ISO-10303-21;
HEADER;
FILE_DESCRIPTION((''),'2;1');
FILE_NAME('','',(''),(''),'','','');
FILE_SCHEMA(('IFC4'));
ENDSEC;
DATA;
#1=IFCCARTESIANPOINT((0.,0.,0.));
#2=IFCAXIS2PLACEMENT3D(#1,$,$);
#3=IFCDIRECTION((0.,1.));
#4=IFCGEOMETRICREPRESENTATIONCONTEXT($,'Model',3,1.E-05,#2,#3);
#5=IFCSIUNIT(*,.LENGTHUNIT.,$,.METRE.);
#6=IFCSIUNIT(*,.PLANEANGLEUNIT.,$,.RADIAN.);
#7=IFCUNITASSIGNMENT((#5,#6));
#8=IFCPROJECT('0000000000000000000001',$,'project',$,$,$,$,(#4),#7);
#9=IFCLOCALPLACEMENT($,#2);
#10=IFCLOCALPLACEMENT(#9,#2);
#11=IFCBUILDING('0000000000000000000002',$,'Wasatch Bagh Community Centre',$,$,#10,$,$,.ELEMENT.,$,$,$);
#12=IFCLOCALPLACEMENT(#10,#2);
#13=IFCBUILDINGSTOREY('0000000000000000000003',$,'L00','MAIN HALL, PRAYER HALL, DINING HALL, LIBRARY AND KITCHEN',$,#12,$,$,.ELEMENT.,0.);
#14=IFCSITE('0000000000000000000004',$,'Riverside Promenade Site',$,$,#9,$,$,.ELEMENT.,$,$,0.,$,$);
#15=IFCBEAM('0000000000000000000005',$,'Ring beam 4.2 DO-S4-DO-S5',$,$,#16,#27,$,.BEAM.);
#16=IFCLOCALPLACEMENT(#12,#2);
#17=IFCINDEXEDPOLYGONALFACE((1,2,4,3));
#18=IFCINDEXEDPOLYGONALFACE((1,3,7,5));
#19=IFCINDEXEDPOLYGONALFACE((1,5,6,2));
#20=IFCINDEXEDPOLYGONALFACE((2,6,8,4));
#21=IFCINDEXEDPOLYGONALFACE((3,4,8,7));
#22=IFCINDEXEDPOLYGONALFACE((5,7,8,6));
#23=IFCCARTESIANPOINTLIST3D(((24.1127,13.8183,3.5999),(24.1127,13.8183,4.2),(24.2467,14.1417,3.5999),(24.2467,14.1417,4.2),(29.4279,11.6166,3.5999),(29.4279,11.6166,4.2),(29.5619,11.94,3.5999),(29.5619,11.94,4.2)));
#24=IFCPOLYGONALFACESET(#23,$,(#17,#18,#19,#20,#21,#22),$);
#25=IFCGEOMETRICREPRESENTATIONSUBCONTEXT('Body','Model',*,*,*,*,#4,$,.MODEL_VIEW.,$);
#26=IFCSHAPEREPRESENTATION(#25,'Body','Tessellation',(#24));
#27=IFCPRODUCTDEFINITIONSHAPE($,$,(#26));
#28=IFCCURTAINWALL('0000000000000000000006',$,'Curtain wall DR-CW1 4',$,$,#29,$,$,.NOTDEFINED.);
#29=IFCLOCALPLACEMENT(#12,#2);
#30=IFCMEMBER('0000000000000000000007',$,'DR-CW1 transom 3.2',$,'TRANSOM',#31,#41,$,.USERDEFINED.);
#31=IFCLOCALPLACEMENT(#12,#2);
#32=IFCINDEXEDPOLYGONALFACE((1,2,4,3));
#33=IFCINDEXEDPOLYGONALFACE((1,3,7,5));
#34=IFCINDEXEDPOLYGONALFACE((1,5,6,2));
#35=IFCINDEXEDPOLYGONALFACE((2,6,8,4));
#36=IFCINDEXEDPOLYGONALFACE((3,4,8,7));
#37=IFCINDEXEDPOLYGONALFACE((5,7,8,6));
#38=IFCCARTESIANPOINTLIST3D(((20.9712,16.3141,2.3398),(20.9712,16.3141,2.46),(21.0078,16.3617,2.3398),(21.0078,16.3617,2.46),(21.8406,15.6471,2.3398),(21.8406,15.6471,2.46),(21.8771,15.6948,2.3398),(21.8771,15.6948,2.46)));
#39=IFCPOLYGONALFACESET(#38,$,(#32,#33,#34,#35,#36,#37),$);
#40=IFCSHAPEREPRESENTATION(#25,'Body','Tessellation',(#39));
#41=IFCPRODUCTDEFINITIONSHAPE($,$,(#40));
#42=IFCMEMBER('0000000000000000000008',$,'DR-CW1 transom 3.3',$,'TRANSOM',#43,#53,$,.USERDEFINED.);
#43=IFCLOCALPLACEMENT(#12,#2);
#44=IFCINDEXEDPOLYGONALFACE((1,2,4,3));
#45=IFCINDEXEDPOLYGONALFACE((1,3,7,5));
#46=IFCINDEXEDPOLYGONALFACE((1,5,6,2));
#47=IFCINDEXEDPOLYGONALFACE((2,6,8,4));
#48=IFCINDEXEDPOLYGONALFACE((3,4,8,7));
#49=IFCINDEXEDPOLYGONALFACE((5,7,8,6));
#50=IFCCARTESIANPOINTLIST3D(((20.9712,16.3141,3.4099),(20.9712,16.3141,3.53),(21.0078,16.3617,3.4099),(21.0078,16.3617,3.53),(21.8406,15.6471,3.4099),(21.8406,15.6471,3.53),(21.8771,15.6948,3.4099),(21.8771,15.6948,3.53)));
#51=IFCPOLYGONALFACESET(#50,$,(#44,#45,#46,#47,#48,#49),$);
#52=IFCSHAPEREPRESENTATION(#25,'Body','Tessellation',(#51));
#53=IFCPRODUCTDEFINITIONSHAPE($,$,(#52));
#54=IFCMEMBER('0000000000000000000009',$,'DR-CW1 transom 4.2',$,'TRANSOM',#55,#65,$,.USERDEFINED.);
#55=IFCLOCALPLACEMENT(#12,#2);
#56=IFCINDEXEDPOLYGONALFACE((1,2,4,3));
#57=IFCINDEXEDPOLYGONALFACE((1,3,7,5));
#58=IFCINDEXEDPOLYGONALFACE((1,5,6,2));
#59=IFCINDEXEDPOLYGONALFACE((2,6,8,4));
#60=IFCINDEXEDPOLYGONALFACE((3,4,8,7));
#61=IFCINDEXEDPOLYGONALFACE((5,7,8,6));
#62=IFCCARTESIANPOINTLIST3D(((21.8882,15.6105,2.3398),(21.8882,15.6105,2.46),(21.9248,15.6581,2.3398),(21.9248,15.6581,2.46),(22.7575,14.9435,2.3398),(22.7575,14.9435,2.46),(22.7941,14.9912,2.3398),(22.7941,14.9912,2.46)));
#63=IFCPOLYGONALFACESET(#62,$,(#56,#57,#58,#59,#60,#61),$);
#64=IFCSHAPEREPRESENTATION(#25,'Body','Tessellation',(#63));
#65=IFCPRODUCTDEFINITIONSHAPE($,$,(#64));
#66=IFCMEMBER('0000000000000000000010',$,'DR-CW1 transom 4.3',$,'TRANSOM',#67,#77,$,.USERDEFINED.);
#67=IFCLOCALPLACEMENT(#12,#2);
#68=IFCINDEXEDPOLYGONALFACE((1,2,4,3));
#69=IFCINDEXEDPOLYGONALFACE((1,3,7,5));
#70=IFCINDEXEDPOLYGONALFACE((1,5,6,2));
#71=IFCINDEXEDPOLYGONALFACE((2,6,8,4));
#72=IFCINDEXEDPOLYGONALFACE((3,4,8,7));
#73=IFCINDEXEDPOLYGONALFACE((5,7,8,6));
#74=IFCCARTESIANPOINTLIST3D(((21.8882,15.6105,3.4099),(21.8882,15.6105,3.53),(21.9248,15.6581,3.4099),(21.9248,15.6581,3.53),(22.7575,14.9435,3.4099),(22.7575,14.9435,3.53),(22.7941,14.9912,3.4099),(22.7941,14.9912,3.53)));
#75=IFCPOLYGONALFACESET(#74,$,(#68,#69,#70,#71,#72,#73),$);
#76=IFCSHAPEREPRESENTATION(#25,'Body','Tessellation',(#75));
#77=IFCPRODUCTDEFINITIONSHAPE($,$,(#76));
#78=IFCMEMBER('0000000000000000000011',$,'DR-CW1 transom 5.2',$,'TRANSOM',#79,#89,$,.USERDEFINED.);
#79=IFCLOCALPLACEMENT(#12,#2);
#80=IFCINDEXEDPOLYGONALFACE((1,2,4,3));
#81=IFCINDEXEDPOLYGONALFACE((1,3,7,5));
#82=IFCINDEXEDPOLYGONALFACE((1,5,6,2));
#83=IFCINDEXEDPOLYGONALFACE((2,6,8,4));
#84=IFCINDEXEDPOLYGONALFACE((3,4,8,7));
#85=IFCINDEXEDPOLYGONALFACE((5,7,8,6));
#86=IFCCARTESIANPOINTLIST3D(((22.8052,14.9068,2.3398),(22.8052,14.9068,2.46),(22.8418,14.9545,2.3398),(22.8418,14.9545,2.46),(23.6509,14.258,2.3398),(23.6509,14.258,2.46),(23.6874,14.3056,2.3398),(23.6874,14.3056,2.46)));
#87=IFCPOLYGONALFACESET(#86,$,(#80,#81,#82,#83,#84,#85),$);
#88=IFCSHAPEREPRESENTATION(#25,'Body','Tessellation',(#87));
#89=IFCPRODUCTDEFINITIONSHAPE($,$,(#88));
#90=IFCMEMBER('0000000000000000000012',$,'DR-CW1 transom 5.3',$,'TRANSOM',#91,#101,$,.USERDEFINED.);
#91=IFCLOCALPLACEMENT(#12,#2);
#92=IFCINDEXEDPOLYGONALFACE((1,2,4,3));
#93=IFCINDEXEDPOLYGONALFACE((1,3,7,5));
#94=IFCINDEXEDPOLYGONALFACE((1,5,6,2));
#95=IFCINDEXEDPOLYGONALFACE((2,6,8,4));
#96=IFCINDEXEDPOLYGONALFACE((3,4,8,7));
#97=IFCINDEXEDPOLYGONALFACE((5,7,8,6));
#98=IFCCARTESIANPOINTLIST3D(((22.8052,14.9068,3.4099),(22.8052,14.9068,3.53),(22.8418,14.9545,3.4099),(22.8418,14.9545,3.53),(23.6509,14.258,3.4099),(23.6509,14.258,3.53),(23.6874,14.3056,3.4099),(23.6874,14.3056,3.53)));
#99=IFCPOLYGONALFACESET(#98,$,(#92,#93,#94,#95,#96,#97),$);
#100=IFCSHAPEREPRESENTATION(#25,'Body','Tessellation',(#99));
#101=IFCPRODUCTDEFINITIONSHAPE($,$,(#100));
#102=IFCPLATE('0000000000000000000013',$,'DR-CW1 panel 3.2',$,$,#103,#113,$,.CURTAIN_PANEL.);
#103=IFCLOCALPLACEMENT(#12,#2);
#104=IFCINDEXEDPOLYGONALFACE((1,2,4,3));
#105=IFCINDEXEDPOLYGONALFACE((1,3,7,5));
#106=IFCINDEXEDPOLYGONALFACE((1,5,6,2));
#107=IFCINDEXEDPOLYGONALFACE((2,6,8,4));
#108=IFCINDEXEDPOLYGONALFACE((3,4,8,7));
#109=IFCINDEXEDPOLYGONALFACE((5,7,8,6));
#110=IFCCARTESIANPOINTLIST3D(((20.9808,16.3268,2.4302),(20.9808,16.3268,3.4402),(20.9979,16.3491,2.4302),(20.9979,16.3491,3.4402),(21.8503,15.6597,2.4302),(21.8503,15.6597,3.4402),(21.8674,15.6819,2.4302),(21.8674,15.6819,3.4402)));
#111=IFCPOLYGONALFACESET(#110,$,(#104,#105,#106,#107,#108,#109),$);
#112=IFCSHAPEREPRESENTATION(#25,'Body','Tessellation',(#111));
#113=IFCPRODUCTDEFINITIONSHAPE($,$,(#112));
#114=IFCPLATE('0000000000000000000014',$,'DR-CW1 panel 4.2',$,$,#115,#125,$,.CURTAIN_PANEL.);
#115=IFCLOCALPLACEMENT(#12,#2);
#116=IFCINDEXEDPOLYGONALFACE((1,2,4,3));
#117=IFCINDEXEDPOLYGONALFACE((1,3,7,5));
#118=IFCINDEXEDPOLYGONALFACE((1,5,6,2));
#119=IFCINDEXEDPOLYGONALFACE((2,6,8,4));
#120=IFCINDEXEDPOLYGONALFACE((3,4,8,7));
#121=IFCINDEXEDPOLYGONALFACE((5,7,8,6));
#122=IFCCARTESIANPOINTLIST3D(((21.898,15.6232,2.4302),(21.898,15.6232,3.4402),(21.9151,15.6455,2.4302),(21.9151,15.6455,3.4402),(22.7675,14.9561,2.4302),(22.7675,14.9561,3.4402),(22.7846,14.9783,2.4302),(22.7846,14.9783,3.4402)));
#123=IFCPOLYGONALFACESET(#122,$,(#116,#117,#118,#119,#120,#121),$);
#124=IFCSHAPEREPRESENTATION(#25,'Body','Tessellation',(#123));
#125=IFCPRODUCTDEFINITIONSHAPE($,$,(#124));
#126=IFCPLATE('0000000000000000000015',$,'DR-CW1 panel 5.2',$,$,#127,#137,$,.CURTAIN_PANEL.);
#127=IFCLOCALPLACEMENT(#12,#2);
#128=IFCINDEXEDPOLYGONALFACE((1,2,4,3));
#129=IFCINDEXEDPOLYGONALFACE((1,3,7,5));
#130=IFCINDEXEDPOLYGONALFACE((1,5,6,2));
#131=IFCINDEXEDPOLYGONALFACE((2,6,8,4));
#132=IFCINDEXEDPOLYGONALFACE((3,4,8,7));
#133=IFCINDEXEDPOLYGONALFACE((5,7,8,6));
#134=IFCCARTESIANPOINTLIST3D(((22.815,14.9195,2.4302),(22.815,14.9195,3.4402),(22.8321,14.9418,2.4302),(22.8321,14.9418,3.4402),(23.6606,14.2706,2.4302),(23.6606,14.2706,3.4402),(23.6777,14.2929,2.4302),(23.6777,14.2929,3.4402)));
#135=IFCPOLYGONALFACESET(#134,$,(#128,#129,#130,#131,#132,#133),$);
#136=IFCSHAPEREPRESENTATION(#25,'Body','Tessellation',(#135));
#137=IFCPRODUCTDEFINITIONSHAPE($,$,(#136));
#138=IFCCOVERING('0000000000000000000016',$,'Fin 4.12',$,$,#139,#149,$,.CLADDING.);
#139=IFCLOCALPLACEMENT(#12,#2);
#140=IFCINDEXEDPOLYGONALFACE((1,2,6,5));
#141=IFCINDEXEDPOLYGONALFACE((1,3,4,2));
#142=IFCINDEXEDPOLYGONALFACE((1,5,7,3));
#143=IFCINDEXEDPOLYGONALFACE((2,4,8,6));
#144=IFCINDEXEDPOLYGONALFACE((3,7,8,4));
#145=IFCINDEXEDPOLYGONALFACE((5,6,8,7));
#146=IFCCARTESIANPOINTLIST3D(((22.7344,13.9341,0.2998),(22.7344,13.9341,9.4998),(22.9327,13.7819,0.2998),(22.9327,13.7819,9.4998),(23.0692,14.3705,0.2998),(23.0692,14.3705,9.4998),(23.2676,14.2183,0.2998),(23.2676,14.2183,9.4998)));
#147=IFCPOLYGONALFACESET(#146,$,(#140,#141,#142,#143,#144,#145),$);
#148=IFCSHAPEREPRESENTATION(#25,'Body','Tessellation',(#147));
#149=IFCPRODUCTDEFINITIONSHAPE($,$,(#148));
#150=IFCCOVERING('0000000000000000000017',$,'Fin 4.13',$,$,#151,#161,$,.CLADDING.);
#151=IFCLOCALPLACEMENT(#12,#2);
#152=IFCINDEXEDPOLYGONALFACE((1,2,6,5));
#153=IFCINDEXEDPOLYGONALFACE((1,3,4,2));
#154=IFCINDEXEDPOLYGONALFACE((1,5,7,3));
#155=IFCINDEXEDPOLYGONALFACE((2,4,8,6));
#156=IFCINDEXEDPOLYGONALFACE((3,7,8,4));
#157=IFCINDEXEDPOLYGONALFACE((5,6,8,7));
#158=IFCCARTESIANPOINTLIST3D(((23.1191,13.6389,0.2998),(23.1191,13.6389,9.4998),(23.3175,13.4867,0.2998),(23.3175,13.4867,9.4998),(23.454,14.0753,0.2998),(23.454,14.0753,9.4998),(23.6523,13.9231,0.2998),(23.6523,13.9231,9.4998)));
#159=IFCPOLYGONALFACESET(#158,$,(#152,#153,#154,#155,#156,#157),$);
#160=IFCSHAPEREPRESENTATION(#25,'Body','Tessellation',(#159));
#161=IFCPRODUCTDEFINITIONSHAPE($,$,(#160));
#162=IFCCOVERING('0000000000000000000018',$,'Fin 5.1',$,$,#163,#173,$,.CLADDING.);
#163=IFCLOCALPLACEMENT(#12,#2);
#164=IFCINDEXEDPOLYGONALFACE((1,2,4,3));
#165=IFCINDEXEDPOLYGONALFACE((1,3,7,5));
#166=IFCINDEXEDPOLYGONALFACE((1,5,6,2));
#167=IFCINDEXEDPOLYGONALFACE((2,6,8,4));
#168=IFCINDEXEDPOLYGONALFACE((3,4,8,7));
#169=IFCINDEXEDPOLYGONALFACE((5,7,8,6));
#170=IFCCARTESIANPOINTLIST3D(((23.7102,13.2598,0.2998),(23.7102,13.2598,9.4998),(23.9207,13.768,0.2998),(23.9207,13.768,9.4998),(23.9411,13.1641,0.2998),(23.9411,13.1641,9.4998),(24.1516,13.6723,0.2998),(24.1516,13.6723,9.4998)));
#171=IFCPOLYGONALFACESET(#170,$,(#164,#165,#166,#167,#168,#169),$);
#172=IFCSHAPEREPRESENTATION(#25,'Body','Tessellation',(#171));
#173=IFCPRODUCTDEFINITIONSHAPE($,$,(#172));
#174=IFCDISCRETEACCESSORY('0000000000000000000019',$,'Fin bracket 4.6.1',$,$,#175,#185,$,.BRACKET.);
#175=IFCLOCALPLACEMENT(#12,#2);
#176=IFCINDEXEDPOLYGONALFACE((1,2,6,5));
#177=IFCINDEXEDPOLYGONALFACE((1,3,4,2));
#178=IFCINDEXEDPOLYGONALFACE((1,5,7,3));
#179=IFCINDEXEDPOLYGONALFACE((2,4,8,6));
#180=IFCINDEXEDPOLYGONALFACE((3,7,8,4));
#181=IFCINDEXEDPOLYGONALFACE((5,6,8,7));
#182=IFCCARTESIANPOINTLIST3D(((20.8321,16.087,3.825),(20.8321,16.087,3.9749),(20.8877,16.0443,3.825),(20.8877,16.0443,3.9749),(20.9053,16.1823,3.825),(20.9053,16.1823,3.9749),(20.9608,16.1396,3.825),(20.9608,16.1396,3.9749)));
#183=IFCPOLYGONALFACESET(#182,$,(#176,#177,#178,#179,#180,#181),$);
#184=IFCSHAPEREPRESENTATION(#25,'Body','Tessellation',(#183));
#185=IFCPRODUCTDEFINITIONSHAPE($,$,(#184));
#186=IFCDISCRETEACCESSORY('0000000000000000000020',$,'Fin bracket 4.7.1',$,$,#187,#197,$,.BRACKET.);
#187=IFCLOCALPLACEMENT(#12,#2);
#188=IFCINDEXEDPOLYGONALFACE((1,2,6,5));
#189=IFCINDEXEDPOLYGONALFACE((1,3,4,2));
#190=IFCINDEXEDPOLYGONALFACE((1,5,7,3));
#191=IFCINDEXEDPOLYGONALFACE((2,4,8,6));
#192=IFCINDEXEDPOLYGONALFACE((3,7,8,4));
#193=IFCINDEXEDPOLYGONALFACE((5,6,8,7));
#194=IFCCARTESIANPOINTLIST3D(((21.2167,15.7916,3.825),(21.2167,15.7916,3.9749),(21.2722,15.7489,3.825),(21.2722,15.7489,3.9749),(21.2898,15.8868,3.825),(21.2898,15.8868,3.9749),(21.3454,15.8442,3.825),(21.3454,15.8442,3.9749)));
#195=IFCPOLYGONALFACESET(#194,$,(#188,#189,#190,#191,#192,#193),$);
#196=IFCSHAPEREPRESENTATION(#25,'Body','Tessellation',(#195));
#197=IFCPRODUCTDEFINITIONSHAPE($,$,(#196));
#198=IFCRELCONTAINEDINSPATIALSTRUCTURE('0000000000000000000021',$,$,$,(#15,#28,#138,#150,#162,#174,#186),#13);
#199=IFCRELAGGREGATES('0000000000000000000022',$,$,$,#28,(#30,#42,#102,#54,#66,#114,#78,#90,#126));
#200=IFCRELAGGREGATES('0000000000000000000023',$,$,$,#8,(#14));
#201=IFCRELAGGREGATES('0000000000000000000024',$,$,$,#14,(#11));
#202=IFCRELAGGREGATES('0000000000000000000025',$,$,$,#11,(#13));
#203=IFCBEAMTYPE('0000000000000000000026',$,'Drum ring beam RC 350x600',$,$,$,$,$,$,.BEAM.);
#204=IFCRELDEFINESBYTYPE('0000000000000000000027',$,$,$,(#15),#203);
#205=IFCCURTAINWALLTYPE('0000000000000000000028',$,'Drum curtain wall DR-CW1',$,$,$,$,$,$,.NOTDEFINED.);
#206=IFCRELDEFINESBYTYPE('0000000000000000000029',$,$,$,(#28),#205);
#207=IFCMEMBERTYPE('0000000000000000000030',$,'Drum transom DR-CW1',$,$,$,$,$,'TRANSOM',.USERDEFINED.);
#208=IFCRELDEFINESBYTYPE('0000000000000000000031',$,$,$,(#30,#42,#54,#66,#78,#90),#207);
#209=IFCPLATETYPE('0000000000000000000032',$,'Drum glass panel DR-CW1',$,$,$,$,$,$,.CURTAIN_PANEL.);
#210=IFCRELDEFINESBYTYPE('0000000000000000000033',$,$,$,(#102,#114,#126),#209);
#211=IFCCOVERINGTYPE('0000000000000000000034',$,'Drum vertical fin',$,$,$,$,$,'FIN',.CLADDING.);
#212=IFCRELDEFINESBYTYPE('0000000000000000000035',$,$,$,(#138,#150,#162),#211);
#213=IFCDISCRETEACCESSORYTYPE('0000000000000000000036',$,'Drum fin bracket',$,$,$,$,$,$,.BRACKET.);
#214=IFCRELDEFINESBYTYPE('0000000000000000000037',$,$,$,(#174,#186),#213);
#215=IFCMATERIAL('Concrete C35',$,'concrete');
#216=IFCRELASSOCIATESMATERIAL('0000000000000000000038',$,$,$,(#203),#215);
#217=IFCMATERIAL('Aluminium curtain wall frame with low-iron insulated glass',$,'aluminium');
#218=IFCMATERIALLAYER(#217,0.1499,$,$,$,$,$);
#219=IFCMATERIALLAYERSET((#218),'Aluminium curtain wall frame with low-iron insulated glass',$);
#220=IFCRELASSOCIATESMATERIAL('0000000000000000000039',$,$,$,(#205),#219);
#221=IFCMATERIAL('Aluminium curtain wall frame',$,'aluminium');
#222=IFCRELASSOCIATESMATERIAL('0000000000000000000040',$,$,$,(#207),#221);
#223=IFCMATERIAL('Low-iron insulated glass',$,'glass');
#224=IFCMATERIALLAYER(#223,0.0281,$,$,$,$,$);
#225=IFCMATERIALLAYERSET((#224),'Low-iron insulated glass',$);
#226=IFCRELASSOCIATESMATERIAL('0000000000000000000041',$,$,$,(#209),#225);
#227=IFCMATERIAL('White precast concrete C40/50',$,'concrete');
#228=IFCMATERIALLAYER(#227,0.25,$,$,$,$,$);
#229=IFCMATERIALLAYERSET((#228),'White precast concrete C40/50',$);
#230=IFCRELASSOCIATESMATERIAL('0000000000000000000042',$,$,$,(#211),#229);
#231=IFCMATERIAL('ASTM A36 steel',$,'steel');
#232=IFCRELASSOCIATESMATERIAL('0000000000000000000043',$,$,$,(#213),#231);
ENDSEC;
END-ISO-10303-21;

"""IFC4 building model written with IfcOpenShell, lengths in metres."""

from ifc_helpers import new_model, si_unit, direction, frame, origin, origin_2d, place, context, subcontext, project, spatial, rectangle, extrude, material, layer, layer_set, material_profile, profile_set, type_object, element, aggregate, save


model = new_model("IFC4")

# Units and contexts
model_context = context("Model", 3, precision=1e-05, world=origin(), true_north=direction((0.0, 1.0)))
body_context = subcontext(model_context, "Body", "Model", "MODEL_VIEW")
ifc_project = project(units=[si_unit("LENGTHUNIT", "METRE"), si_unit("PLANEANGLEUNIT", "RADIAN")], contexts=[model_context])

# Site, building, storey
site_placement = place(None, origin())
site = spatial("IfcSite", under=ifc_project, at=site_placement, Name="Riverside Promenade Site", CompositionType="ELEMENT", RefElevation=0.0)
building_placement = place(site_placement, origin())
building = spatial("IfcBuilding", under=site, at=building_placement, Name="Wasatch Bagh Community Centre", CompositionType="ELEMENT")
storey_placement = place(building_placement, origin())
storey = spatial("IfcBuildingStorey", under=building, at=storey_placement, Name="L00", Description="MAIN HALL, PRAYER HALL, DINING HALL, LIBRARY AND KITCHEN", CompositionType="ELEMENT", Elevation=0.0)

# Beam
ifc_material_1 = material(Name="Concrete C35", Category="concrete")
ifc_material_profile_1 = material_profile(ifc_material_1, rectangle(XDim=0.3501, YDim=0.6001, at=origin_2d()), Name="RC 350x600")
ifc_profile_set_1 = profile_set([ifc_material_profile_1], Name="Concrete C35")
beam_type = type_object("IfcBeamType", Name="Drum ring beam RC 350x600", PredefinedType="BEAM", material=ifc_profile_set_1)
beam_placement = place(storey_placement, frame((24.1797, 13.98, 3.8999), z_axis=(0.923877, -0.382689, 0.0), x_axis=(0.382689, 0.923877, 0.0)))
element("IfcBeam", 1, at=beam_placement, inside=storey, type_object=beam_type, Name="Ring beam 4.2 DO-S4-DO-S5", PredefinedType="BEAM", context=body_context, shape_type="SweptSolid", body=[
    extrude(rectangle(XDim=0.3501, YDim=0.6001, at=origin_2d()), origin(), (0.0, 0.0, 1.0), 5.7532),
])

# Curtain wall, members, plates
ifc_material_2 = material(Name="Aluminium curtain wall frame with low-iron insulated glass", Category="aluminium")
ifc_layer_1 = layer(ifc_material_2, 0.1499)
ifc_layer_set_1 = layer_set([ifc_layer_1], Name="Aluminium curtain wall frame with low-iron insulated glass")
curtain_wall_type = type_object("IfcCurtainWallType", Name="Drum curtain wall DR-CW1", PredefinedType="NOTDEFINED", material=ifc_layer_set_1)
curtain_wall_placement = place(storey_placement, origin())
curtain_wall = element("IfcCurtainWall", 2, at=curtain_wall_placement, inside=storey, type_object=curtain_wall_type, Name="Curtain wall DR-CW1 4", PredefinedType="NOTDEFINED")
ifc_material_3 = material(Name="Aluminium curtain wall frame", Category="aluminium")
ifc_material_profile_2 = material_profile(ifc_material_3, rectangle(XDim=0.0601, YDim=0.1201, at=origin_2d()), Name="Drum transom DR-CW1")
ifc_profile_set_2 = profile_set([ifc_material_profile_2], Name="Aluminium curtain wall frame")
member_type = type_object("IfcMemberType", Name="Drum transom DR-CW1", ElementType="TRANSOM", PredefinedType="USERDEFINED", material=ifc_profile_set_2)
member_1_placement = place(storey_placement, frame((20.9895, 16.3379, 2.3999), z_axis=(0.793402, -0.608698, 0.0), x_axis=(0.608698, 0.793402, 0.0)))
member_1 = element("IfcMember", 3, at=member_1_placement, type_object=member_type, Name="DR-CW1 transom 3.2", ObjectType="TRANSOM", PredefinedType="USERDEFINED", context=body_context, shape_type="SweptSolid", body=[
    extrude(rectangle(XDim=0.0601, YDim=0.1201, at=origin_2d()), origin(), (0.0, 0.0, 1.0), 1.0957),
])
member_2_placement = place(storey_placement, frame((20.9895, 16.3379, 3.47), z_axis=(0.793402, -0.608698, 0.0), x_axis=(0.608698, 0.793402, 0.0)))
member_2 = element("IfcMember", 4, at=member_2_placement, type_object=member_type, Name="DR-CW1 transom 3.3", ObjectType="TRANSOM", PredefinedType="USERDEFINED", context=body_context, shape_type="SweptSolid", body=[
    extrude(rectangle(XDim=0.0601, YDim=0.1201, at=origin_2d()), origin(), (0.0, 0.0, 1.0), 1.0957),
])
member_3_placement = place(storey_placement, frame((21.9065, 15.6343, 2.3999), z_axis=(0.793402, -0.608698, 0.0), x_axis=(0.608698, 0.793402, 0.0)))
member_3 = element("IfcMember", 5, at=member_3_placement, type_object=member_type, Name="DR-CW1 transom 4.2", ObjectType="TRANSOM", PredefinedType="USERDEFINED", context=body_context, shape_type="SweptSolid", body=[
    extrude(rectangle(XDim=0.0601, YDim=0.1201, at=origin_2d()), origin(), (0.0, 0.0, 1.0), 1.0957),
])
member_4_placement = place(storey_placement, frame((21.9065, 15.6343, 3.47), z_axis=(0.793402, -0.608698, 0.0), x_axis=(0.608698, 0.793402, 0.0)))
member_4 = element("IfcMember", 6, at=member_4_placement, type_object=member_type, Name="DR-CW1 transom 4.3", ObjectType="TRANSOM", PredefinedType="USERDEFINED", context=body_context, shape_type="SweptSolid", body=[
    extrude(rectangle(XDim=0.0601, YDim=0.1201, at=origin_2d()), origin(), (0.0, 0.0, 1.0), 1.0957),
])
member_5_placement = place(storey_placement, frame((22.8235, 14.9307, 2.3999), z_axis=(0.793356, -0.608758, 0.0), x_axis=(0.608758, 0.793356, 0.0)))
member_5 = element("IfcMember", 7, at=member_5_placement, type_object=member_type, Name="DR-CW1 transom 5.2", ObjectType="TRANSOM", PredefinedType="USERDEFINED", context=body_context, shape_type="SweptSolid", body=[
    extrude(rectangle(XDim=0.0601, YDim=0.1201, at=origin_2d()), origin(), (0.0, 0.0, 1.0), 1.0659),
])
member_6_placement = place(storey_placement, frame((22.8235, 14.9307, 3.47), z_axis=(0.793356, -0.608758, 0.0), x_axis=(0.608758, 0.793356, 0.0)))
member_6 = element("IfcMember", 8, at=member_6_placement, type_object=member_type, Name="DR-CW1 transom 5.3", ObjectType="TRANSOM", PredefinedType="USERDEFINED", context=body_context, shape_type="SweptSolid", body=[
    extrude(rectangle(XDim=0.0601, YDim=0.1201, at=origin_2d()), origin(), (0.0, 0.0, 1.0), 1.0659),
])
ifc_material_4 = material(Name="Low-iron insulated glass", Category="glass")
ifc_layer_2 = layer(ifc_material_4, 0.0281)
ifc_layer_set_2 = layer_set([ifc_layer_2], Name="Low-iron insulated glass")
plate_type = type_object("IfcPlateType", Name="Drum glass panel DR-CW1", PredefinedType="CURTAIN_PANEL", material=ifc_layer_set_2)
plate_1_placement = place(storey_placement, frame((21.4241, 16.0044, 2.4302), z_axis=(0.0, 0.0, 1.0), x_axis=(0.793353, -0.608761, 0.0)))
plate_1 = element("IfcPlate", 9, at=plate_1_placement, type_object=plate_type, Name="DR-CW1 panel 3.2", PredefinedType="CURTAIN_PANEL", context=body_context, shape_type="SweptSolid", body=[
    extrude(rectangle(XDim=1.0959, YDim=0.0281, at=origin_2d()), origin(), (0.0, 0.0, 1.0), 1.01),
])
plate_2_placement = place(storey_placement, frame((22.3413, 15.3008, 2.4302), z_axis=(0.0, 0.0, 1.0), x_axis=(0.793353, -0.608761, 0.0)))
plate_2 = element("IfcPlate", 10, at=plate_2_placement, type_object=plate_type, Name="DR-CW1 panel 4.2", PredefinedType="CURTAIN_PANEL", context=body_context, shape_type="SweptSolid", body=[
    extrude(rectangle(XDim=1.0959, YDim=0.0281, at=origin_2d()), origin(), (0.0, 0.0, 1.0), 1.01),
])
plate_3_placement = place(storey_placement, frame((23.2463, 14.6062, 2.4302), z_axis=(0.0, 0.0, 1.0), x_axis=(0.793353, -0.608761, 0.0)))
plate_3 = element("IfcPlate", 11, at=plate_3_placement, type_object=plate_type, Name="DR-CW1 panel 5.2", PredefinedType="CURTAIN_PANEL", context=body_context, shape_type="SweptSolid", body=[
    extrude(rectangle(XDim=1.0659, YDim=0.0281, at=origin_2d()), origin(), (0.0, 0.0, 1.0), 1.01),
])
aggregate(curtain_wall, [member_1, member_2, plate_1, member_3, member_4, plate_2, member_5, member_6, plate_3])

# Coverings
ifc_material_5 = material(Name="White precast concrete C40/50", Category="concrete")
ifc_layer_3 = layer(ifc_material_5, 0.25)
ifc_layer_set_3 = layer_set([ifc_layer_3], Name="White precast concrete C40/50")
covering_type = type_object("IfcCoveringType", Name="Drum vertical fin", ElementType="FIN", PredefinedType="CLADDING", material=ifc_layer_set_3)
for number, where, z_axis, x_axis, name in (
    (12, (23.001, 14.0762, 0.2998), (0.0, 0.0, 1.0), (0.793353, -0.608761, 0.0), "Fin 4.12"),
    (13, (23.3857, 13.781, 0.2998), (0.0, 0.0, 1.0), (0.793353, -0.608761, 0.0), "Fin 4.13"),
    (14, (23.9309, 13.4661, 0.2998), (0.0, 0.0, 1.0), (0.92388, -0.382683, 0.0), "Fin 5.1"),
):
    element("IfcCovering", number, at=place(storey_placement, frame(where, z_axis=z_axis, x_axis=x_axis)), inside=storey, type_object=covering_type, Name=name, PredefinedType="CLADDING", context=body_context, shape_type="SweptSolid", body=[
        extrude(rectangle(XDim=0.25, YDim=0.55, at=origin_2d()), origin(), (0.0, 0.0, 1.0), 9.2),
    ])

# Discrete accessories
ifc_material_6 = material(Name="ASTM A36 steel", Category="steel")
discrete_accessory_type = type_object("IfcDiscreteAccessoryType", Name="Drum fin bracket", PredefinedType="BRACKET", material=ifc_material_6)
for number, where, z_axis, x_axis, name in (
    (15, (20.8965, 16.1133, 3.825), (0.0, 0.0, 1.0), (0.793353, -0.608761, 0.0), "Fin bracket 4.6.1"),
    (16, (21.281, 15.8179, 3.825), (0.0, 0.0, 1.0), (0.793353, -0.608761, 0.0), "Fin bracket 4.7.1"),
):
    element("IfcDiscreteAccessory", number, at=place(storey_placement, frame(where, z_axis=z_axis, x_axis=x_axis)), inside=storey, type_object=discrete_accessory_type, Name=name, PredefinedType="BRACKET", context=body_context, shape_type="SweptSolid", body=[
        extrude(rectangle(XDim=0.0701, YDim=0.1201, at=origin_2d()), origin(), (0.0, 0.0, 1.0), 0.1499),
    ])

save(model, "model.ifc")
